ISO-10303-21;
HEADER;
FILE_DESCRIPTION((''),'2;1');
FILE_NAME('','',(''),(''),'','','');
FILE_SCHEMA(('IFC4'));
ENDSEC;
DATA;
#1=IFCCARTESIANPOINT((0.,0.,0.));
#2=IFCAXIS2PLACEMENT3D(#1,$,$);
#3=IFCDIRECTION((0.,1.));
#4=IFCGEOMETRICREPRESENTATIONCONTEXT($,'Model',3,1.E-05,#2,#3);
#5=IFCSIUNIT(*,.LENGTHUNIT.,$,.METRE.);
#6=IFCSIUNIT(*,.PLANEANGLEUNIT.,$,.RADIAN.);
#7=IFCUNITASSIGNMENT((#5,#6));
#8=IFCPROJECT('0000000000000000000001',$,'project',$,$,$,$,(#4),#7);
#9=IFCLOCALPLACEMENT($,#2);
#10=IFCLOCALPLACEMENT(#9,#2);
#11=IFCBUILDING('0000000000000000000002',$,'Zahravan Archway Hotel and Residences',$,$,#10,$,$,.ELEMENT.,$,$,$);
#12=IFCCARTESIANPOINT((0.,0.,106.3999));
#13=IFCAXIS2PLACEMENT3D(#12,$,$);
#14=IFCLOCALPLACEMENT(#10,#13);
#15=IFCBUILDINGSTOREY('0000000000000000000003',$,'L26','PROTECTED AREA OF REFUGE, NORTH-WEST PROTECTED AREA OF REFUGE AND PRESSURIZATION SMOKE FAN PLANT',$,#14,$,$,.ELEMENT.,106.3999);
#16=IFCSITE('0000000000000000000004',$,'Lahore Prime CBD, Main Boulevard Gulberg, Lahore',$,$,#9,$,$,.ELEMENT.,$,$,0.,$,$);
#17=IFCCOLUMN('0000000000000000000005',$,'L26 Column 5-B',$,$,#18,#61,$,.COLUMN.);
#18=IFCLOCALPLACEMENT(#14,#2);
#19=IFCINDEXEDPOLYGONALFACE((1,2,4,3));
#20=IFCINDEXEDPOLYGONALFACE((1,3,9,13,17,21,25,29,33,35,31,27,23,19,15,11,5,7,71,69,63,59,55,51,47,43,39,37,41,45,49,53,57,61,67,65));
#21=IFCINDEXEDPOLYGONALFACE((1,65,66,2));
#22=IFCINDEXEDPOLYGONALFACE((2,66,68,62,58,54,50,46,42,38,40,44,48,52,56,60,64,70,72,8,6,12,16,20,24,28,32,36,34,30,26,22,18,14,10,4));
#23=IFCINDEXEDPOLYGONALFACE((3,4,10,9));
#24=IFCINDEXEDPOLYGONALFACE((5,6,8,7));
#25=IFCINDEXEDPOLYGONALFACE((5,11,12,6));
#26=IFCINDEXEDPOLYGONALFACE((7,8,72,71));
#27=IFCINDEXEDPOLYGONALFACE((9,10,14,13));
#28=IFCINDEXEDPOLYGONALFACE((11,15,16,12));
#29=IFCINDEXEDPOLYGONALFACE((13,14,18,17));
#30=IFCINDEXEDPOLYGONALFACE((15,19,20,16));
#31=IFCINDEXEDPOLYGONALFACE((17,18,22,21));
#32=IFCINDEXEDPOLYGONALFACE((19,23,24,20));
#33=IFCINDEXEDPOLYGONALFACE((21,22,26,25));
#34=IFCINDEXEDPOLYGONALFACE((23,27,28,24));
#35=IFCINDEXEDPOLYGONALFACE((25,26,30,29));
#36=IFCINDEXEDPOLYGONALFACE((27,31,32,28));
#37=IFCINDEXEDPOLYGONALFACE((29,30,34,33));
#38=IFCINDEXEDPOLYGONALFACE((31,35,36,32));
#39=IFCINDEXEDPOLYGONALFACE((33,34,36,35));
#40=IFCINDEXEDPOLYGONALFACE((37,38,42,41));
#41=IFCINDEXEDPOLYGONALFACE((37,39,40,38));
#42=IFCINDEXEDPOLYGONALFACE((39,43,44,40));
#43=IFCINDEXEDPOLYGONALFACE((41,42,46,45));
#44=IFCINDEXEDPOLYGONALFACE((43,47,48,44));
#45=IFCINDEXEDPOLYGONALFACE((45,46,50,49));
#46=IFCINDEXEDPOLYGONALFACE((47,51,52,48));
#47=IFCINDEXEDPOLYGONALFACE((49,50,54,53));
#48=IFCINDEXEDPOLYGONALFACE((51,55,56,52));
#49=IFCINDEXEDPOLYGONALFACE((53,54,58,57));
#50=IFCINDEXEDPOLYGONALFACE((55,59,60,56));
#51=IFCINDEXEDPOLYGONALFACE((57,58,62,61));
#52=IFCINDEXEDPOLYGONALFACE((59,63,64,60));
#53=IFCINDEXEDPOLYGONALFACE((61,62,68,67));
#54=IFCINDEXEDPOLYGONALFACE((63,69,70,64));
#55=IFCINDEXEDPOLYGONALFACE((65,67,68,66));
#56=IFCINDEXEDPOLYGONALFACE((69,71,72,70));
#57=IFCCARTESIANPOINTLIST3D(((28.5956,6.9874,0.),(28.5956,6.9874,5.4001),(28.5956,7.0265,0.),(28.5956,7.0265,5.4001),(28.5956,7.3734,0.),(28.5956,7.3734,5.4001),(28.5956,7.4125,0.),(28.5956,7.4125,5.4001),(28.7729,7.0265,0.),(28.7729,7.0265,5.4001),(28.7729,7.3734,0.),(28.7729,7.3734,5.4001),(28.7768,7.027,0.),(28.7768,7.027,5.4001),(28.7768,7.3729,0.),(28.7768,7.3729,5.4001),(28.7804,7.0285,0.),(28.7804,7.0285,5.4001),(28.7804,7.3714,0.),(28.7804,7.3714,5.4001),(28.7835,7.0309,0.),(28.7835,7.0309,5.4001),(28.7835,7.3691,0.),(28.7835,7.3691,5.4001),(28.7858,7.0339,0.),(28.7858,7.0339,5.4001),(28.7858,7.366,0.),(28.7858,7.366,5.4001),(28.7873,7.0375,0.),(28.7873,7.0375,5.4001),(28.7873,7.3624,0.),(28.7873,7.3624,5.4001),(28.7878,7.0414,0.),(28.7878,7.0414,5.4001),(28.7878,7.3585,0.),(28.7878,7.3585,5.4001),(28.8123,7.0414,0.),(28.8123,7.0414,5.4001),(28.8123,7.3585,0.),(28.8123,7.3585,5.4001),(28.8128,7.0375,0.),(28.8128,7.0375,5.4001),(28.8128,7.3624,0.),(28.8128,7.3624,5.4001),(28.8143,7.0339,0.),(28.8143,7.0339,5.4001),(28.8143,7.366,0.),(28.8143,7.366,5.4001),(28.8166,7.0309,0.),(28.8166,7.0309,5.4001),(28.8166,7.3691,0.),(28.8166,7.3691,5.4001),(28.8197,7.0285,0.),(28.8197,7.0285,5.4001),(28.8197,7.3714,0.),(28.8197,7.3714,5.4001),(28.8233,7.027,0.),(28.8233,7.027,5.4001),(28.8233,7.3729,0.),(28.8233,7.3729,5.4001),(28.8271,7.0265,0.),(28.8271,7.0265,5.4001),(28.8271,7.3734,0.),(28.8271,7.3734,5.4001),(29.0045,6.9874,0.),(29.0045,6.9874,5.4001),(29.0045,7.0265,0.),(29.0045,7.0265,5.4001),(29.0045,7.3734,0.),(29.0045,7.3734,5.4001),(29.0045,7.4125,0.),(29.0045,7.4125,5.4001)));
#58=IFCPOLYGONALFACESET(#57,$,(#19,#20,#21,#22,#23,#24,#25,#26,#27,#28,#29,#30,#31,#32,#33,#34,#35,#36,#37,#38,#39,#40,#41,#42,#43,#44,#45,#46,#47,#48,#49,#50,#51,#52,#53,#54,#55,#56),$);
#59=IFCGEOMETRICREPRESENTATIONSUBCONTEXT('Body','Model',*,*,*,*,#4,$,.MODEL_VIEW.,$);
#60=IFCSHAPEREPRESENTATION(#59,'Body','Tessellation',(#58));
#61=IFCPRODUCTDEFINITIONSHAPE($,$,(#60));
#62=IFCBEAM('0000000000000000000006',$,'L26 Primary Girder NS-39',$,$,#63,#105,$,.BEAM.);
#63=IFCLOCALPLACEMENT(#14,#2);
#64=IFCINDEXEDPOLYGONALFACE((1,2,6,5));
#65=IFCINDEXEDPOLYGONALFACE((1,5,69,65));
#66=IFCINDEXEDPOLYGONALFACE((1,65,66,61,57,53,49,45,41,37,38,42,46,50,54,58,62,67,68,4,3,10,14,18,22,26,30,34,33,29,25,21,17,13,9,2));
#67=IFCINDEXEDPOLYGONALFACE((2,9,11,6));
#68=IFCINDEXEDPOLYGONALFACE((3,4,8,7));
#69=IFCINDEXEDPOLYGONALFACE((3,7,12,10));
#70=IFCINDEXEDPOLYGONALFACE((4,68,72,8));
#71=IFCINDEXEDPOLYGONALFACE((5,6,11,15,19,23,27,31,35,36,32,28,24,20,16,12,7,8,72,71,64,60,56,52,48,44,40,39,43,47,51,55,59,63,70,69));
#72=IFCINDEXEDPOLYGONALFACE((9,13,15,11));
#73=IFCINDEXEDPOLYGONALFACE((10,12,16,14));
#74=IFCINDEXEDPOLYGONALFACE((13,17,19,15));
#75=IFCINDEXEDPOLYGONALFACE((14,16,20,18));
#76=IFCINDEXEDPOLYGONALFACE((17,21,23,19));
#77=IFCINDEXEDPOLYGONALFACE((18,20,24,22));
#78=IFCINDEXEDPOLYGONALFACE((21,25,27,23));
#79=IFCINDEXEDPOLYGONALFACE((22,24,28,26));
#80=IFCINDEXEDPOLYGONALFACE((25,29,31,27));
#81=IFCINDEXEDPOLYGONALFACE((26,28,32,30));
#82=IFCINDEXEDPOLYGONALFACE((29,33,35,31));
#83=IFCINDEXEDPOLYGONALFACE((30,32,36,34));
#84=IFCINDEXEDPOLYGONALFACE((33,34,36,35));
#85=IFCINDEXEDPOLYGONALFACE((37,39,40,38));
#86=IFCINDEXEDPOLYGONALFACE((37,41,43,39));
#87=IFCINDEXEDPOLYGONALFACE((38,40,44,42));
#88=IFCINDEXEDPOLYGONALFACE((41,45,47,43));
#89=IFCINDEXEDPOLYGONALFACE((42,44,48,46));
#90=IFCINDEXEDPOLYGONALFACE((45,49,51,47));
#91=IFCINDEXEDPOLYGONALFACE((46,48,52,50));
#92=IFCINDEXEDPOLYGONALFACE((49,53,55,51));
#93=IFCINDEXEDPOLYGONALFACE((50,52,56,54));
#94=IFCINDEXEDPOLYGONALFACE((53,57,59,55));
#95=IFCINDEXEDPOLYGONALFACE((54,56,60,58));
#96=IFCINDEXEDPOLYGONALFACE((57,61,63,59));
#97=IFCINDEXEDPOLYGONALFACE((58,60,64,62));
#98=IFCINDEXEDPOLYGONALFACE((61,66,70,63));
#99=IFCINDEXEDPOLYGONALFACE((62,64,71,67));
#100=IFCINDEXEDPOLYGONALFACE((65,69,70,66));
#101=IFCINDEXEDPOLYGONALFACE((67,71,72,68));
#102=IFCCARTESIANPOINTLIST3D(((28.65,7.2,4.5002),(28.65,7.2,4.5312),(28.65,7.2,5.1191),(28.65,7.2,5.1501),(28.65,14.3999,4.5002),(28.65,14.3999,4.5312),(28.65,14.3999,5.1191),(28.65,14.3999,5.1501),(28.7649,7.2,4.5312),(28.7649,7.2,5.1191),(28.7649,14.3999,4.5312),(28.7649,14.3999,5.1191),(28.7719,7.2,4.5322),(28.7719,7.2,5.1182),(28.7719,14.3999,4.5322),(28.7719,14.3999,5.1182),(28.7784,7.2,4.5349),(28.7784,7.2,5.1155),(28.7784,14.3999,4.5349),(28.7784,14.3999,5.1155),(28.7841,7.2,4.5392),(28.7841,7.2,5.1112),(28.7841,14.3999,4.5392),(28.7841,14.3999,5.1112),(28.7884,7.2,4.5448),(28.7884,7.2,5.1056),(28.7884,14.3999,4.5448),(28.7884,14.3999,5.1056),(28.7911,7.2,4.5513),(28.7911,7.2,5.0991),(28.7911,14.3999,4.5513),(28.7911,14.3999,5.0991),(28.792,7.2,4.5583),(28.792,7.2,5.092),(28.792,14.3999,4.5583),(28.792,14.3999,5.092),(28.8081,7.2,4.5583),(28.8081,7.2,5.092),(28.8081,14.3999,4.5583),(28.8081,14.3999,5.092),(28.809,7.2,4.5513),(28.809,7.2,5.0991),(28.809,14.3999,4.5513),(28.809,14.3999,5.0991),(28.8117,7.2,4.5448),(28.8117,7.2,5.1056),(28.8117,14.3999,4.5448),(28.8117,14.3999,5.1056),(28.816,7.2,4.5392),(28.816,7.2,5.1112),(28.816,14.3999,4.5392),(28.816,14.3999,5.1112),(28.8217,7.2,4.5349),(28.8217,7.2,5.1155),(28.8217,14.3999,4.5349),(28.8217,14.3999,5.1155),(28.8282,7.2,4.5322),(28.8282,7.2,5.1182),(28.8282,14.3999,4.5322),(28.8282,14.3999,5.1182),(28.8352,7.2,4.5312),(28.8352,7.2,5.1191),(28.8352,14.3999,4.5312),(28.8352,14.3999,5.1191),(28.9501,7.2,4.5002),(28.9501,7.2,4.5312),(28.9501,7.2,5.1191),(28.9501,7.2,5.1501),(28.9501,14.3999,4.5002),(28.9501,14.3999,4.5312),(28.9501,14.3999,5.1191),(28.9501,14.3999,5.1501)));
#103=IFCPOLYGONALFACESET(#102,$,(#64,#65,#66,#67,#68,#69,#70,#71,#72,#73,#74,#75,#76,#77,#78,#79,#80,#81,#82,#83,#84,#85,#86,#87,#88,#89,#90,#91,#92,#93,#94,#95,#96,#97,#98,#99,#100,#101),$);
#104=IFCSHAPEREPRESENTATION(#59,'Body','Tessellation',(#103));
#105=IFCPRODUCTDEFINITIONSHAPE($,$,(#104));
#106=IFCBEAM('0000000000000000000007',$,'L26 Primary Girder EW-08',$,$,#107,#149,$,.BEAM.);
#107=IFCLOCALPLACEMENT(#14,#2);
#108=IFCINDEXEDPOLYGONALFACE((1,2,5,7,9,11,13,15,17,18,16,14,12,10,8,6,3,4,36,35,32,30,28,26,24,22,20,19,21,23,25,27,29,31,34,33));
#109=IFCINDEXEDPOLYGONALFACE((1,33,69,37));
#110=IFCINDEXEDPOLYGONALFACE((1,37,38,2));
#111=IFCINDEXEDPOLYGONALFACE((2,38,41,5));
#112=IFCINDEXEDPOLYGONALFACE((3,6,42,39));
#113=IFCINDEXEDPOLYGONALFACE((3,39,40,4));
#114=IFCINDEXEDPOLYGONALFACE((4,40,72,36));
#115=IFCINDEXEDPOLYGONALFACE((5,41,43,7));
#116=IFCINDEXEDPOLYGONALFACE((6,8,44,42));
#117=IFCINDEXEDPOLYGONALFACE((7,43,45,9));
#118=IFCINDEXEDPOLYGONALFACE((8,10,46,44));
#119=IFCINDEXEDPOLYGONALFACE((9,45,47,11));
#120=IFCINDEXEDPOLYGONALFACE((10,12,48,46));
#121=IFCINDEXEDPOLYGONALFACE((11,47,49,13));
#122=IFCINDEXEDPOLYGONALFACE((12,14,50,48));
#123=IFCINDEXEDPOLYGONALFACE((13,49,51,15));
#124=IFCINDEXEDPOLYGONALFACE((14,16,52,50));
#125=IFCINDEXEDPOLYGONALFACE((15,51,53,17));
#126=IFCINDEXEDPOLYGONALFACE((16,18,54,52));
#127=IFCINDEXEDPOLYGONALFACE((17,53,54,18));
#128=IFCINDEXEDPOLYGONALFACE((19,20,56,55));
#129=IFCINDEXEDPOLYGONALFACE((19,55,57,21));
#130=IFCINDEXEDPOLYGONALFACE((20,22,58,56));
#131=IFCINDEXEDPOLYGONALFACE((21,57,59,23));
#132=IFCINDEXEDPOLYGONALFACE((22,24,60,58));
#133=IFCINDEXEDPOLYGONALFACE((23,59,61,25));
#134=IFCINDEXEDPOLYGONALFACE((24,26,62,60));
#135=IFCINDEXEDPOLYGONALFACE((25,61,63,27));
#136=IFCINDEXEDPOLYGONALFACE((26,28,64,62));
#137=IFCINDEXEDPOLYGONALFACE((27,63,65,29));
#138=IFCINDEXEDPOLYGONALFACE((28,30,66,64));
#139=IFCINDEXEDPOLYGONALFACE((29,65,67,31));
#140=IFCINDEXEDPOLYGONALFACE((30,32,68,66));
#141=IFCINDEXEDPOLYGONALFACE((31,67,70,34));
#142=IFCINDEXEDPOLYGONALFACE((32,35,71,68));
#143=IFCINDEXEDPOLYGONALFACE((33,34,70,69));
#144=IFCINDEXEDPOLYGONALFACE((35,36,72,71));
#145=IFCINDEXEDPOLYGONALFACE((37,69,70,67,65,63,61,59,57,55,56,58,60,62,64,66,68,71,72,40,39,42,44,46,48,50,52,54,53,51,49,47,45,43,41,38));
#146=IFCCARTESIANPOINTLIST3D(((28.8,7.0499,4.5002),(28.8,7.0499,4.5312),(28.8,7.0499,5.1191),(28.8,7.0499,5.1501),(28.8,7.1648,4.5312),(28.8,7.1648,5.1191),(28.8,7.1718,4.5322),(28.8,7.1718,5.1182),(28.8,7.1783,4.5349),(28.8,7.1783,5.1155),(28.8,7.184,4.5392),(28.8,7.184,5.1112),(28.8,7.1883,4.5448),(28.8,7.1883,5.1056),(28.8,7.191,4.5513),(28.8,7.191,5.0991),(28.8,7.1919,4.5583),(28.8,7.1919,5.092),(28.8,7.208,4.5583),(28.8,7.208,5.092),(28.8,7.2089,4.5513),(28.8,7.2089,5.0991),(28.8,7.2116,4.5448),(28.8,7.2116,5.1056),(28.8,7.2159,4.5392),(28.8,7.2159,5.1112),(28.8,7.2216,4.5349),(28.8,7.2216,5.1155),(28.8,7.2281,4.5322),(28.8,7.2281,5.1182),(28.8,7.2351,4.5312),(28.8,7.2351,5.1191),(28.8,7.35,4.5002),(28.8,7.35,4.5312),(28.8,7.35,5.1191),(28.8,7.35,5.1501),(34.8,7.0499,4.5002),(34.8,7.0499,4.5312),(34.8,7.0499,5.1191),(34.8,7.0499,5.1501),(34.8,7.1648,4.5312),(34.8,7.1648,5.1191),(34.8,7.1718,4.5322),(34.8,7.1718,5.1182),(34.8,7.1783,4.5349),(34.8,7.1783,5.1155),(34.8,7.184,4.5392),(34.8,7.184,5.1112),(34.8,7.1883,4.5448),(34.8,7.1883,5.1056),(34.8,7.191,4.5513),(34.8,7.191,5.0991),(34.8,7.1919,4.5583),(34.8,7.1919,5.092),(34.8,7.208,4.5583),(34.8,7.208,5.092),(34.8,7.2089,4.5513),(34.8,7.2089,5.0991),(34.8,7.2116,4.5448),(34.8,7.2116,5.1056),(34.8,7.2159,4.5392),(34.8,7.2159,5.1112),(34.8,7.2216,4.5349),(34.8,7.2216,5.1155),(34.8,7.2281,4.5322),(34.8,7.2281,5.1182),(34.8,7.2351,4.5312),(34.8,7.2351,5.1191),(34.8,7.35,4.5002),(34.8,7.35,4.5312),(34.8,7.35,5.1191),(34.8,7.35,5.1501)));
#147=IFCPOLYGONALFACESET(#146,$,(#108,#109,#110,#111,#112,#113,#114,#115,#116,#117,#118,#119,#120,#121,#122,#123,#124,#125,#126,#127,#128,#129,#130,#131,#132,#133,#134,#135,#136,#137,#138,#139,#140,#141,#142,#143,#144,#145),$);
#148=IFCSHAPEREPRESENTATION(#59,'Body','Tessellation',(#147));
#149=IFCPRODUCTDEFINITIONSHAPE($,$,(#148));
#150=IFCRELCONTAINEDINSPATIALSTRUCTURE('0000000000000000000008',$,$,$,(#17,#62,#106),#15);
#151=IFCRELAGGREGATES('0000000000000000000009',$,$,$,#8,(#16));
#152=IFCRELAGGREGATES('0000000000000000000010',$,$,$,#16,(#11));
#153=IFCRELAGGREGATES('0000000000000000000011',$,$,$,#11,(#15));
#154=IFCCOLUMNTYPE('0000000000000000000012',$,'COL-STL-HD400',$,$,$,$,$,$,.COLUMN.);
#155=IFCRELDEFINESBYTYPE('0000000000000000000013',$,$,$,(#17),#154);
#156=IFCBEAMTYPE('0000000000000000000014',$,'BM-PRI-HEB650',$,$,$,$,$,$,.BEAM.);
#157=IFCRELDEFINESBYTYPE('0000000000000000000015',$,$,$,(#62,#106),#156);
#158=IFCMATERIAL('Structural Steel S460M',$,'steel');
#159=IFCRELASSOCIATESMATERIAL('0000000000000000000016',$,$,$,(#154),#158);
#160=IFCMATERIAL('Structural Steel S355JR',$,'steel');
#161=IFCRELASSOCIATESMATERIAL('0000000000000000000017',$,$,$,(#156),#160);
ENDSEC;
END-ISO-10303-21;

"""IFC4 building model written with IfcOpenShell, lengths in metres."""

from ifc_helpers import new_model, si_unit, direction, frame, origin, origin_2d, place, context, subcontext, project, spatial, i_section, extrude, source, transform, mapped, material, material_profile, profile_set, type_object, element, save


model = new_model("IFC4")

# Units and contexts
model_context = context("Model", 3, precision=1e-05, world=origin(), true_north=direction((0.0, 1.0)))
body_context = subcontext(model_context, "Body", "Model", "MODEL_VIEW")
ifc_project = project(units=[si_unit("LENGTHUNIT", "METRE"), si_unit("PLANEANGLEUNIT", "RADIAN")], contexts=[model_context])

# Site, building, storey
site_placement = place(None, origin())
site = spatial("IfcSite", under=ifc_project, at=site_placement, Name="Lahore Prime CBD, Main Boulevard Gulberg, Lahore", CompositionType="ELEMENT", RefElevation=0.0)
building_placement = place(site_placement, origin())
building = spatial("IfcBuilding", under=site, at=building_placement, Name="Zahravan Archway Hotel and Residences", CompositionType="ELEMENT")
storey_placement = place(building_placement, frame((0.0, 0.0, 106.3999)))
storey = spatial("IfcBuildingStorey", under=building, at=storey_placement, Name="L26", Description="PROTECTED AREA OF REFUGE, NORTH-WEST PROTECTED AREA OF REFUGE AND PRESSURIZATION SMOKE FAN PLANT", CompositionType="ELEMENT", Elevation=106.3999)

# Column
ifc_material_1 = material(Name="Structural Steel S460M", Category="steel")
ifc_material_profile_1 = material_profile(ifc_material_1, i_section(OverallWidth=0.4089, OverallDepth=0.425, WebThickness=0.0244, FlangeThickness=0.0391, FilletRadius=0.0149, at=origin_2d()), Name="HD 400x421", Category="steel")
ifc_profile_set_1 = profile_set([ifc_material_profile_1], Name="Structural Steel S460M")
column_type = type_object("IfcColumnType", Name="COL-STL-HD400", PredefinedType="COLUMN", material=ifc_profile_set_1)
shared_shape_1 = source(origin(), body_context, "Body", "SweptSolid", [
    extrude(i_section(OverallWidth=0.4089, OverallDepth=0.425, WebThickness=0.0244, FlangeThickness=0.0391, FilletRadius=0.0149, at=origin_2d()), origin(), (0.0, 0.0, 1.0), 5.4001),
])
column_placement = place(storey_placement, frame((28.8, 7.2, 0.0), z_axis=(0.0, 0.0, 1.0), x_axis=(1.0, 0.0, 0.0)))
element("IfcColumn", 1, at=column_placement, inside=storey, type_object=column_type, Name="L26 Column 5-B", PredefinedType="COLUMN", context=body_context, shape_type="MappedRepresentation", body=[
    mapped(shared_shape_1, transform((0.0, 0.0, 0.0), scale=1.0)),
])

# Beams
ifc_material_2 = material(Name="Structural Steel S355JR", Category="steel")
ifc_material_profile_2 = material_profile(ifc_material_2, i_section(OverallWidth=0.3, OverallDepth=0.6499, WebThickness=0.0161, FlangeThickness=0.031, FilletRadius=0.0271, at=origin_2d()), Name="HEB 650", Category="steel")
ifc_profile_set_2 = profile_set([ifc_material_profile_2], Name="Structural Steel S355JR")
beam_type_1 = type_object("IfcBeamType", Name="BM-PRI-HEB650", PredefinedType="BEAM", material=ifc_profile_set_2)
shared_shape_2 = source(origin(), body_context, "Body", "SweptSolid", [
    extrude(i_section(OverallWidth=0.3, OverallDepth=0.6499, WebThickness=0.0161, FlangeThickness=0.031, FilletRadius=0.0271, at=origin_2d()), origin(), (0.0, 0.0, 1.0), 7.2),
])
beam_1_placement = place(storey_placement, frame((28.8, 7.2, 4.8252), z_axis=(0.0, 1.0, 0.0), x_axis=(-1.0, 0.0, 0.0)))
element("IfcBeam", 2, at=beam_1_placement, inside=storey, type_object=beam_type_1, Name="L26 Primary Girder NS-39", PredefinedType="BEAM", context=body_context, shape_type="MappedRepresentation", body=[
    mapped(shared_shape_2, transform((0.0, 0.0, 0.0), scale=1.0)),
])
shared_shape_3 = source(origin(), body_context, "Body", "SweptSolid", [
    extrude(i_section(OverallWidth=0.3, OverallDepth=0.6499, WebThickness=0.0161, FlangeThickness=0.031, FilletRadius=0.0271, at=origin_2d()), origin(), (0.0, 0.0, 1.0), 6.0),
])
beam_2_placement = place(storey_placement, frame((28.8, 7.2, 4.8252), z_axis=(1.0, 0.0, 0.0), x_axis=(0.0, 1.0, 0.0)))
element("IfcBeam", 3, at=beam_2_placement, inside=storey, type_object=beam_type_1, Name="L26 Primary Girder EW-08", PredefinedType="BEAM", context=body_context, shape_type="MappedRepresentation", body=[
    mapped(shared_shape_3, transform((0.0, 0.0, 0.0), scale=1.0)),
])

save(model, "model.ifc")
